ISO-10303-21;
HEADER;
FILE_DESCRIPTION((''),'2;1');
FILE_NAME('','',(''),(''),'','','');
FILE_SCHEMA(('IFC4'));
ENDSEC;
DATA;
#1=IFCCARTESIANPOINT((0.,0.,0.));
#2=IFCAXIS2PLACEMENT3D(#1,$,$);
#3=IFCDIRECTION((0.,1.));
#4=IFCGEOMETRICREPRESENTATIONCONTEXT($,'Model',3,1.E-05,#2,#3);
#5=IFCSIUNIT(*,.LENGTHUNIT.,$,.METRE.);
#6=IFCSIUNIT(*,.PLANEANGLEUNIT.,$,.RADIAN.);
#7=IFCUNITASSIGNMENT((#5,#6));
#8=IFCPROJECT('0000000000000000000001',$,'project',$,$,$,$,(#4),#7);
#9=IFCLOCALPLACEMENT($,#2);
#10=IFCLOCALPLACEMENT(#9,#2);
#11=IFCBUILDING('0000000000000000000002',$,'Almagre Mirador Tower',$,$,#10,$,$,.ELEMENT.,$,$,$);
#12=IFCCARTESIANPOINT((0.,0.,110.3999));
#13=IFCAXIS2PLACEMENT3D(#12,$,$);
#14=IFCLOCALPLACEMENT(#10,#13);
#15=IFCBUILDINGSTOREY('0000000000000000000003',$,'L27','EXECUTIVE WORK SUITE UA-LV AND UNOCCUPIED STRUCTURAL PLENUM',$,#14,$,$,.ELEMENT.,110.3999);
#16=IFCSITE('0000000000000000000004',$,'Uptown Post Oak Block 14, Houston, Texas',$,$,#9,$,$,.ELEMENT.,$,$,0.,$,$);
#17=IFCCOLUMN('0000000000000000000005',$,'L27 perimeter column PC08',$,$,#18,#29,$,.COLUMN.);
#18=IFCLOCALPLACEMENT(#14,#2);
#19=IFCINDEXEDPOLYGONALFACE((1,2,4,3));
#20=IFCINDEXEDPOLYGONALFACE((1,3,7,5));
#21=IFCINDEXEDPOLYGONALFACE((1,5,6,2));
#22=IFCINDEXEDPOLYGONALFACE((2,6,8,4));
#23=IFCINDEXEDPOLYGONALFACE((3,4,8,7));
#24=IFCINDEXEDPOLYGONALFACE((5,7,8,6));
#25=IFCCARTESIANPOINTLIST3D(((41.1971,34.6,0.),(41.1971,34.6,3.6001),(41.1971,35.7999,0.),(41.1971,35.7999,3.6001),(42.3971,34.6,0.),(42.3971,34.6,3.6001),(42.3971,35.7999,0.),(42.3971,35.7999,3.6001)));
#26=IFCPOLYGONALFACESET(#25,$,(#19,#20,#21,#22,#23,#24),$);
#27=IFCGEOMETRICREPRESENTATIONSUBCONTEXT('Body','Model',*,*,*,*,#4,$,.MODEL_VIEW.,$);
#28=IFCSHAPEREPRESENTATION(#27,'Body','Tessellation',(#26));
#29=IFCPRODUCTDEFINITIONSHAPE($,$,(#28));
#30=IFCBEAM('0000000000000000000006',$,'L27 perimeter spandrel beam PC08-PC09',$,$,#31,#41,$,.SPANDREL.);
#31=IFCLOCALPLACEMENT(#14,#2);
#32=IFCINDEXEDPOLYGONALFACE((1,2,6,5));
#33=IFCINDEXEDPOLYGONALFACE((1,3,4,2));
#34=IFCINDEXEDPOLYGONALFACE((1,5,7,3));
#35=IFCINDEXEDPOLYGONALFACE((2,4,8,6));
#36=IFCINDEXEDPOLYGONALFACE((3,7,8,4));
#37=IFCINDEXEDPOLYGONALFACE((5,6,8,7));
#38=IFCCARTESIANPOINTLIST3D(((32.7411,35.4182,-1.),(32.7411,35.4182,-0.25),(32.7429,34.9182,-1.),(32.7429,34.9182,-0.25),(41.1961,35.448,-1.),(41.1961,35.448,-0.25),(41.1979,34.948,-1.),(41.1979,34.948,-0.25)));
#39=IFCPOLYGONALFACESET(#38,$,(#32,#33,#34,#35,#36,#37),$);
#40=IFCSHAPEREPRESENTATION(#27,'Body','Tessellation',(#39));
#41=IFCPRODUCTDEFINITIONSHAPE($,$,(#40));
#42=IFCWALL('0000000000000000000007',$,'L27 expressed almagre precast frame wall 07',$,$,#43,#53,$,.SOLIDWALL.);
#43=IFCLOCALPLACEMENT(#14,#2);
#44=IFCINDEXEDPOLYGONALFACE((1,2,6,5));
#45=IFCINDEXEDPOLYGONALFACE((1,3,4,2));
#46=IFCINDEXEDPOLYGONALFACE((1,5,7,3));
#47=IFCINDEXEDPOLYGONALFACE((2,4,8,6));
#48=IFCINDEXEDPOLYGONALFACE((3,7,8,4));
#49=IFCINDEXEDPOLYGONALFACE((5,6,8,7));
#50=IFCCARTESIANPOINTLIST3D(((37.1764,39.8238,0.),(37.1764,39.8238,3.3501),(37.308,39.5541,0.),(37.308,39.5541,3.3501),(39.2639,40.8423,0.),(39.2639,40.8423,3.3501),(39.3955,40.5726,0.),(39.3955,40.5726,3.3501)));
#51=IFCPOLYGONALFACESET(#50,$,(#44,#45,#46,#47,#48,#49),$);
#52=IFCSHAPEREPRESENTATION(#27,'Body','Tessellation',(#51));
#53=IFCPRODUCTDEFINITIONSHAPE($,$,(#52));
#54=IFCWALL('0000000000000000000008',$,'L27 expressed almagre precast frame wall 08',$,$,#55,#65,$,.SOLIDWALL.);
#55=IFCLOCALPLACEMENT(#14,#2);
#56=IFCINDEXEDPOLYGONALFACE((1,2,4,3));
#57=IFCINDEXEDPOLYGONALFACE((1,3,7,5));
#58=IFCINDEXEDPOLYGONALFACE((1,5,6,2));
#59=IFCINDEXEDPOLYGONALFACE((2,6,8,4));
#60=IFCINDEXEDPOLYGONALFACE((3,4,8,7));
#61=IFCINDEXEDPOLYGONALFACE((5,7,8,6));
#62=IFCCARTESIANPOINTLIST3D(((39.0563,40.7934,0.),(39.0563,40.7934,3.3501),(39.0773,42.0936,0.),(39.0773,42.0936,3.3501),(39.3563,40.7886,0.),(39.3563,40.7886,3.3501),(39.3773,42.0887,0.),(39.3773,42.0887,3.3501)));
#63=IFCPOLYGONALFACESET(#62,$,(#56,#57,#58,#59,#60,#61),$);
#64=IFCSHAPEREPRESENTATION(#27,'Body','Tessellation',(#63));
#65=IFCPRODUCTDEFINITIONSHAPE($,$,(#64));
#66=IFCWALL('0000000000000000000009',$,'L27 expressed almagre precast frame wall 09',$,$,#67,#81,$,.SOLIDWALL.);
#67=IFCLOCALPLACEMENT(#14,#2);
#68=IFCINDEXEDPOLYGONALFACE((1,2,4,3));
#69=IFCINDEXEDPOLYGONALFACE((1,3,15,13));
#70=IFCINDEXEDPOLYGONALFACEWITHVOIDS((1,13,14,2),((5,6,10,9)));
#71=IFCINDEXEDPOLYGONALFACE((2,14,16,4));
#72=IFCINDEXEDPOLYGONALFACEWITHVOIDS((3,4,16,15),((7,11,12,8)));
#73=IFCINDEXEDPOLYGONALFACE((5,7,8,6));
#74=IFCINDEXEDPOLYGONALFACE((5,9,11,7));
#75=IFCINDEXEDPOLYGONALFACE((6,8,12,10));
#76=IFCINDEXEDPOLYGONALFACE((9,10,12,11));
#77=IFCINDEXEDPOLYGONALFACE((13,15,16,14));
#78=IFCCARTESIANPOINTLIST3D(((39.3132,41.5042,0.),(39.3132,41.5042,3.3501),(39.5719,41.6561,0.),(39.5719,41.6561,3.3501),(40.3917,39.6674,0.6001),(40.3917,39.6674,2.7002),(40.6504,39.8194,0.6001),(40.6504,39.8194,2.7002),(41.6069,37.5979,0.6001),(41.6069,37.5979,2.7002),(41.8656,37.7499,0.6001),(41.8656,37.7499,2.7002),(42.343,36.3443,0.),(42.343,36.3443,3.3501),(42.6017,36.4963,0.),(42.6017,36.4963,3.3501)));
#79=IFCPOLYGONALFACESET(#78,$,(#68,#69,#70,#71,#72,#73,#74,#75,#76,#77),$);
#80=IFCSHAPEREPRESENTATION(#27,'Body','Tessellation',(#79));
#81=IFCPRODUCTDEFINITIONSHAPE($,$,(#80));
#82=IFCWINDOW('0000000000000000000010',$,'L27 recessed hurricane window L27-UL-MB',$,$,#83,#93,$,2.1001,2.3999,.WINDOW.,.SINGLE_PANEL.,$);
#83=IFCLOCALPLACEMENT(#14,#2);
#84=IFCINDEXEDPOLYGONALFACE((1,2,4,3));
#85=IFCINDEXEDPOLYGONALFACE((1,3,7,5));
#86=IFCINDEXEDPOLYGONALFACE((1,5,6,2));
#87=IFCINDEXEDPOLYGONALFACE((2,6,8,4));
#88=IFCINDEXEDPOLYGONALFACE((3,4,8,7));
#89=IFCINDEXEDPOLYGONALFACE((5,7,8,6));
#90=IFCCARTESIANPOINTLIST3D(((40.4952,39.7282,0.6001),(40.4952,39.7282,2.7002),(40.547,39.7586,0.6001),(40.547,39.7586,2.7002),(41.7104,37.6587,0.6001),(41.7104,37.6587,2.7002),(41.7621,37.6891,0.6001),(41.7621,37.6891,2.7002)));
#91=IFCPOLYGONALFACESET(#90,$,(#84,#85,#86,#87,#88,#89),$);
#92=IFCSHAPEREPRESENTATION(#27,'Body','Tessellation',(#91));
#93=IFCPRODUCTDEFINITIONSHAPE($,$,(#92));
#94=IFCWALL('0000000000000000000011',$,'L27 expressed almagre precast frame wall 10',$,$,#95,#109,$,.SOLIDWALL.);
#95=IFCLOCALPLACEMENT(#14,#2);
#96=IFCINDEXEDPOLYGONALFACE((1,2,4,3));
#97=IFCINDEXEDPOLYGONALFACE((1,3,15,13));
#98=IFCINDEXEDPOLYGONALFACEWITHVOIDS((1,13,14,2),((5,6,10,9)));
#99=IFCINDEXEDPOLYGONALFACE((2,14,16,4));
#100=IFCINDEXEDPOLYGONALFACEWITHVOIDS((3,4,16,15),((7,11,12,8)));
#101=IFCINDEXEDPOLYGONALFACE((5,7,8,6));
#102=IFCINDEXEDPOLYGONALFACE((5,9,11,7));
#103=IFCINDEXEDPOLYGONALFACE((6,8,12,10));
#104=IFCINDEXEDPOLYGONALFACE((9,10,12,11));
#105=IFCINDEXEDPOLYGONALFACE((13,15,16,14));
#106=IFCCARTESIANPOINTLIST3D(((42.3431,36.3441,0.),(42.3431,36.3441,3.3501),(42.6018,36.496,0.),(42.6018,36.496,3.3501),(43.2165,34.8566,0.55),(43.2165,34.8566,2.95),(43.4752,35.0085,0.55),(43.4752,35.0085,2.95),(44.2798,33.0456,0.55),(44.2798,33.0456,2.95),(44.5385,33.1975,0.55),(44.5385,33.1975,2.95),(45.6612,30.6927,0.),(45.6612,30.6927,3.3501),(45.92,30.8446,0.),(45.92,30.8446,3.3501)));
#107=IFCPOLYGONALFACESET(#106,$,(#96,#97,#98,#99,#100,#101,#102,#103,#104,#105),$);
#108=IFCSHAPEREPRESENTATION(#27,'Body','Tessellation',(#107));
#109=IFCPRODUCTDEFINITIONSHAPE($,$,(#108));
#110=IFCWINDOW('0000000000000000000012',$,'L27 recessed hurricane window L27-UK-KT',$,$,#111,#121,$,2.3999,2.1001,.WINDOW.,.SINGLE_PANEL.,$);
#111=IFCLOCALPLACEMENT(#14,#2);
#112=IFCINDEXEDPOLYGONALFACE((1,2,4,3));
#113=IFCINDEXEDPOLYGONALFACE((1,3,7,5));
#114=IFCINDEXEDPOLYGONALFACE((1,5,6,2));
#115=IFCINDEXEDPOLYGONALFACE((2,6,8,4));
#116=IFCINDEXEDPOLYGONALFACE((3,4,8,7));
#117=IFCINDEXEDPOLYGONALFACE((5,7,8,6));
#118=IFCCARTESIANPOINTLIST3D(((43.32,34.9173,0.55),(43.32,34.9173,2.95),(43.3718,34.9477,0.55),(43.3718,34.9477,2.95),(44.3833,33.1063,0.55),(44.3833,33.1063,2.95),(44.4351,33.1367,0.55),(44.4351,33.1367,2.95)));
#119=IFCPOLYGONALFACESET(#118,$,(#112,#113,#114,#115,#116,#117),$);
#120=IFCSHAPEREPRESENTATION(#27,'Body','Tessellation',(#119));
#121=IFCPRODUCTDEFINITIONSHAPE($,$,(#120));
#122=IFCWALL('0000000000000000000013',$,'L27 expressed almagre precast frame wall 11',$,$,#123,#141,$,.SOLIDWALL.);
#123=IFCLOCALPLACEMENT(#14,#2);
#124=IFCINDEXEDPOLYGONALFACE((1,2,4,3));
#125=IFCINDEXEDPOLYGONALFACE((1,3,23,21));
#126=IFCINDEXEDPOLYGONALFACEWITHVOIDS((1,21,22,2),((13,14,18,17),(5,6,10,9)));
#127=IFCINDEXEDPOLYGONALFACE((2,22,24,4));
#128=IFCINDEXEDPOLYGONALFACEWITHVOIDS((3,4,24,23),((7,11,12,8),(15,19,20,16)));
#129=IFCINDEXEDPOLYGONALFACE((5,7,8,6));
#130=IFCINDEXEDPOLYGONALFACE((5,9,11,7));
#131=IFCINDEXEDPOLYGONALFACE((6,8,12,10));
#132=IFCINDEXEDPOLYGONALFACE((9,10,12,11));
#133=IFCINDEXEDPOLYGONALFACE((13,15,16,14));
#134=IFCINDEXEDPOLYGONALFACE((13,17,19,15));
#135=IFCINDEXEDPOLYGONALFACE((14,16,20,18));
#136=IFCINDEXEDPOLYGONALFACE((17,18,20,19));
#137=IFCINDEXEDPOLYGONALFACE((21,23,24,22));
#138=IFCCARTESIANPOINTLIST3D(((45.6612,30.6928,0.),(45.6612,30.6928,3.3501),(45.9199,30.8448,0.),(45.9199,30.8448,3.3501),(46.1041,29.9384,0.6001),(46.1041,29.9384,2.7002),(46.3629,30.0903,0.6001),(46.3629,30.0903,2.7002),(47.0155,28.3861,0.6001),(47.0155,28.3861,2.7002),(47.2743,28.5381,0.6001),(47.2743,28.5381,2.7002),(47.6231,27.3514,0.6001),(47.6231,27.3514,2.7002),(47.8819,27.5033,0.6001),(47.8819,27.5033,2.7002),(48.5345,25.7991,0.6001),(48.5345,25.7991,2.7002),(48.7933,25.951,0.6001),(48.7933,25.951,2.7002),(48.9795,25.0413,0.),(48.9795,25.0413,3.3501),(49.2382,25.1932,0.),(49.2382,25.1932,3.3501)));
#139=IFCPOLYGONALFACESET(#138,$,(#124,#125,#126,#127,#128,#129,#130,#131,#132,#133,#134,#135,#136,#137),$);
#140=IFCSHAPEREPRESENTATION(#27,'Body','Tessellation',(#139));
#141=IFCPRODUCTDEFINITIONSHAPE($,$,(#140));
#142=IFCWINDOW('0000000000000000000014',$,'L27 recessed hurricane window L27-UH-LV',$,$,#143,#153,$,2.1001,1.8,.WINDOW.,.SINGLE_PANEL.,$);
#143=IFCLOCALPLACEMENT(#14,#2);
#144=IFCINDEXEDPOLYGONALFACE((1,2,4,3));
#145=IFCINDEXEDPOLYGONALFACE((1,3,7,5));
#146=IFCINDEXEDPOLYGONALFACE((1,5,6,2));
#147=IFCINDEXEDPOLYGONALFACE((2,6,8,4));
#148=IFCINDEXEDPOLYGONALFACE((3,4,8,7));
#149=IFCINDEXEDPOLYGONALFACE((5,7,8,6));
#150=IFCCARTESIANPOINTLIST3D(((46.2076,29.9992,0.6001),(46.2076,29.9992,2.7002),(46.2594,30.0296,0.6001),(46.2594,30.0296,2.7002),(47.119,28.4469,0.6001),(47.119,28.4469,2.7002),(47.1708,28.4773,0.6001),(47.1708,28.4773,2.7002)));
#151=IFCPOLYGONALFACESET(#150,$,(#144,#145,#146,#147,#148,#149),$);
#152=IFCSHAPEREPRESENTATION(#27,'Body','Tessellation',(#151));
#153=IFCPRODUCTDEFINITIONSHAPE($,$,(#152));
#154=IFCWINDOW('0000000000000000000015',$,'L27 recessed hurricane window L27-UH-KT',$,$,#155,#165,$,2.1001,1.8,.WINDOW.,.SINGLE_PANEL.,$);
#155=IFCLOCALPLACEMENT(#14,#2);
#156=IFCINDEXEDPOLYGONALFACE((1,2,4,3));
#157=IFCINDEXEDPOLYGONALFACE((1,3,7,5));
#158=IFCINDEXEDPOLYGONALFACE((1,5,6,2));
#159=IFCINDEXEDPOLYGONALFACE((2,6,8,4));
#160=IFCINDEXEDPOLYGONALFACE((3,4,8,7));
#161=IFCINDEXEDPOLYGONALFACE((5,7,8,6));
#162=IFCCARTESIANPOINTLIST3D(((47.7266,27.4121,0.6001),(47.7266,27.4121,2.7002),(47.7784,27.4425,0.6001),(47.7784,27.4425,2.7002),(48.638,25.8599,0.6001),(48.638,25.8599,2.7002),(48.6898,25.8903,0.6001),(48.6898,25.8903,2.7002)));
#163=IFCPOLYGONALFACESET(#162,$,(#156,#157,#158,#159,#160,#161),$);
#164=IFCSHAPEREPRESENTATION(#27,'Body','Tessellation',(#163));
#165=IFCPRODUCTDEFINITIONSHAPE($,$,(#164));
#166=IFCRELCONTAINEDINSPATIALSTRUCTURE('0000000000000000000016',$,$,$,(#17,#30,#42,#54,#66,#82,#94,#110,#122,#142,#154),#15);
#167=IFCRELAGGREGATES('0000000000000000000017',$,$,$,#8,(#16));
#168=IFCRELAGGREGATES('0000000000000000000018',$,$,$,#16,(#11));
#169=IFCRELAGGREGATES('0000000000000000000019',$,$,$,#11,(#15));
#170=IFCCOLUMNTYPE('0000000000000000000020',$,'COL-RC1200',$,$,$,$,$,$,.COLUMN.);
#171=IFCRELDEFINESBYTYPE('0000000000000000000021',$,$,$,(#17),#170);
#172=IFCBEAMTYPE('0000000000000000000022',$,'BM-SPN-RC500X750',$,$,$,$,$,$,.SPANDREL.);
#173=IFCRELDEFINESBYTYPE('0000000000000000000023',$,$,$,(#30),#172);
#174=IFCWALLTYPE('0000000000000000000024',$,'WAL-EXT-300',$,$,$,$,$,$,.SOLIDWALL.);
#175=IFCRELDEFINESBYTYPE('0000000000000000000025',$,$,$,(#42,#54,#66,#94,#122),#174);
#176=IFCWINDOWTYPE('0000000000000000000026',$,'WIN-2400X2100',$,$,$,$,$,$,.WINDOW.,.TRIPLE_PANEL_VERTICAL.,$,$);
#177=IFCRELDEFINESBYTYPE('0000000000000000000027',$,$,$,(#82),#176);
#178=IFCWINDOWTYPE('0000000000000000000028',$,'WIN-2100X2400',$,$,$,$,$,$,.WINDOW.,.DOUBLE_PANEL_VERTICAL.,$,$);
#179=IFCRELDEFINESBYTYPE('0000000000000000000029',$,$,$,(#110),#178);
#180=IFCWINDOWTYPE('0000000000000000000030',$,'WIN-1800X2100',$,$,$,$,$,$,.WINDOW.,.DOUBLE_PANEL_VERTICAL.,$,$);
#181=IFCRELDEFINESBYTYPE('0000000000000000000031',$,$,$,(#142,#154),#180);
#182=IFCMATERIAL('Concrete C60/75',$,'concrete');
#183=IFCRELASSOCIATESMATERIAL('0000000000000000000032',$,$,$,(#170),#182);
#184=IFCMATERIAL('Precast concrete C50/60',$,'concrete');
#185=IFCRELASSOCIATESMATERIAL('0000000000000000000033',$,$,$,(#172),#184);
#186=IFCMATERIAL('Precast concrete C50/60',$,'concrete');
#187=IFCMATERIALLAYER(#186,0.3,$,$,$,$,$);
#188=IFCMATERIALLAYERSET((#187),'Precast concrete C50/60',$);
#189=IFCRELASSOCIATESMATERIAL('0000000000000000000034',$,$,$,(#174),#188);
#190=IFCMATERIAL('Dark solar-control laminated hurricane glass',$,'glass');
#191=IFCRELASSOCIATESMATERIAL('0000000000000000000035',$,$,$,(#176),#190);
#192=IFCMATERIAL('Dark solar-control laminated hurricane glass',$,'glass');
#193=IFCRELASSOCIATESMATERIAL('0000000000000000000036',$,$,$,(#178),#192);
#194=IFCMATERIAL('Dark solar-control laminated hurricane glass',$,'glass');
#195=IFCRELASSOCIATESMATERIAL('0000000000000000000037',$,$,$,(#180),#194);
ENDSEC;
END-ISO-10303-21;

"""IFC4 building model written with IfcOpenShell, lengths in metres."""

from ifc_helpers import new_model, si_unit, direction, frame, frame_2d, origin, origin_2d, place, context, subcontext, project, spatial, rectangle, extrude, material, layer, layer_set, material_profile, profile_set, type_object, element, fill, save


model = new_model("IFC4")

# Units and contexts
model_context = context("Model", 3, precision=1e-05, world=origin(), true_north=direction((0.0, 1.0)))
body_context = subcontext(model_context, "Body", "Model", "MODEL_VIEW")
ifc_project = project(units=[si_unit("LENGTHUNIT", "METRE"), si_unit("PLANEANGLEUNIT", "RADIAN")], contexts=[model_context])

# Site, building, storey
site_placement = place(None, origin())
site = spatial("IfcSite", under=ifc_project, at=site_placement, Name="Uptown Post Oak Block 14, Houston, Texas", CompositionType="ELEMENT", RefElevation=0.0)
building_placement = place(site_placement, origin())
building = spatial("IfcBuilding", under=site, at=building_placement, Name="Almagre Mirador Tower", CompositionType="ELEMENT")
storey_placement = place(building_placement, frame((0.0, 0.0, 110.3999)))
storey = spatial("IfcBuildingStorey", under=building, at=storey_placement, Name="L27", Description="EXECUTIVE WORK SUITE UA-LV AND UNOCCUPIED STRUCTURAL PLENUM", CompositionType="ELEMENT", Elevation=110.3999)

# Column
ifc_material_1 = material(Name="Concrete C60/75", Category="concrete")
ifc_material_profile_1 = material_profile(ifc_material_1, rectangle(XDim=1.2, YDim=1.2, at=origin_2d()), Name="RC1200X1200")
ifc_profile_set_1 = profile_set([ifc_material_profile_1], Name="Concrete C60/75")
column_type = type_object("IfcColumnType", Name="COL-RC1200", PredefinedType="COLUMN", material=ifc_profile_set_1)
column_placement = place(storey_placement, frame((41.7971, 35.2, 0.0), z_axis=(0.0, 0.0, 1.0), x_axis=(1.0, 0.0, 0.0)))
element("IfcColumn", 1, at=column_placement, inside=storey, type_object=column_type, Name="L27 perimeter column PC08", PredefinedType="COLUMN", context=body_context, shape_type="SweptSolid", body=[
    extrude(rectangle(XDim=1.2, YDim=1.2, at=origin_2d()), origin(), (0.0, 0.0, 1.0), 3.6001),
])

# Beam
ifc_material_2 = material(Name="Precast concrete C50/60", Category="concrete")
ifc_material_profile_2 = material_profile(ifc_material_2, rectangle(XDim=0.5, YDim=0.75, at=origin_2d()), Name="RC500X750")
ifc_profile_set_2 = profile_set([ifc_material_profile_2], Name="Precast concrete C50/60")
beam_type = type_object("IfcBeamType", Name="BM-SPN-RC500X750", PredefinedType="SPANDREL", material=ifc_profile_set_2)
beam_placement = place(storey_placement, frame((41.197, 35.198, -0.625), z_axis=(-0.999994, -0.003523, 0.0), x_axis=(0.003523, -0.999994, 0.0)))
element("IfcBeam", 2, at=beam_placement, inside=storey, type_object=beam_type, Name="L27 perimeter spandrel beam PC08-PC09", PredefinedType="SPANDREL", context=body_context, shape_type="SweptSolid", body=[
    extrude(rectangle(XDim=0.5, YDim=0.75, at=origin_2d()), origin(), (0.0, 0.0, 1.0), 8.4551),
])

# Walls
ifc_material_3 = material(Name="Precast concrete C50/60", Category="concrete")
ifc_layer_1 = layer(ifc_material_3, 0.3)
ifc_layer_set_1 = layer_set([ifc_layer_1], Name="Precast concrete C50/60")
wall_type_1 = type_object("IfcWallType", Name="WAL-EXT-300", PredefinedType="SOLIDWALL", material=ifc_layer_set_1)
wall_1_placement = place(storey_placement, frame((37.2422, 39.689, 0.0), z_axis=(0.0, 0.0, 1.0), x_axis=(0.898736, 0.43849, 0.0)))
element("IfcWall", 3, at=wall_1_placement, inside=storey, type_object=wall_type_1, Name="L27 expressed almagre precast frame wall 07", PredefinedType="SOLIDWALL", context=body_context, shape_type="SweptSolid", body=[
    extrude(rectangle(XDim=2.3228, YDim=0.3, at=frame_2d((1.1614, 0.0))), origin(), (0.0, 0.0, 1.0), 3.3501),
])
wall_2_placement = place(storey_placement, frame((39.2063, 40.791, 0.0), z_axis=(0.0, 0.0, 1.0), x_axis=(0.016148, 0.99987, 0.0)))
element("IfcWall", 4, at=wall_2_placement, inside=storey, type_object=wall_type_1, Name="L27 expressed almagre precast frame wall 08", PredefinedType="SOLIDWALL", context=body_context, shape_type="SweptSolid", body=[
    extrude(rectangle(XDim=1.3003, YDim=0.3, at=frame_2d((0.6501, 0.0))), origin(), (0.0, 0.0, 1.0), 3.3501),
])

# Walls, openings, windows
wall_3_placement = place(storey_placement, frame((39.4426, 41.5801, 0.0), z_axis=(0.0, 0.0, 1.0), x_axis=(0.506342, -0.862333, 0.0)))
wall_3 = element("IfcWall", 5, at=wall_3_placement, inside=storey, type_object=wall_type_1, Name="L27 expressed almagre precast frame wall 09", PredefinedType="SOLIDWALL", context=body_context, shape_type="SweptSolid", body=[
    extrude(rectangle(XDim=5.9836, YDim=0.3, at=frame_2d((2.9917, 0.0))), origin(), (0.0, 0.0, 1.0), 3.3501),
])
opening_1_placement = place(wall_3_placement, frame((2.1299, 0.0, 0.6001)))
opening_1 = element("IfcOpeningElement", 6, at=opening_1_placement, cuts=wall_3, PredefinedType="OPENING", context=body_context, shape_type="SweptSolid", body=[
    extrude(rectangle(XDim=2.3999, YDim=2.1001, at=frame_2d((1.2, 1.05))), frame((0.0, 0.1599, 0.0), z_axis=(0.0, -1.0, 0.0), x_axis=(1.0, 0.0, 0.0)), (0.0, 0.0, 1.0), 0.32),
])
ifc_material_4 = material(Name="Dark solar-control laminated hurricane glass", Category="glass")
window_type_1 = type_object("IfcWindowType", Name="WIN-2400X2100", PartitioningType="TRIPLE_PANEL_VERTICAL", PredefinedType="WINDOW", material=ifc_material_4)
window_1_placement = place(opening_1_placement, origin())
window_1 = element("IfcWindow", 7, at=window_1_placement, inside=storey, type_object=window_type_1, Name="L27 recessed hurricane window L27-UL-MB", OverallHeight=2.1001, OverallWidth=2.3999, PartitioningType="SINGLE_PANEL", PredefinedType="WINDOW", context=body_context, shape_type="SweptSolid", body=[
    extrude(rectangle(XDim=2.3999, YDim=2.1001, at=frame_2d((1.2, 1.05))), frame((0.0, 0.03, 0.0), z_axis=(0.0, -1.0, 0.0), x_axis=(1.0, 0.0, 0.0)), (0.0, 0.0, 1.0), 0.0601),
])
fill(opening_1, window_1)
wall_4_placement = place(storey_placement, frame((42.4724, 36.4202, 0.0), z_axis=(0.0, 0.0, 1.0), x_axis=(0.506315, -0.862349, 0.0)))
wall_4 = element("IfcWall", 8, at=wall_4_placement, inside=storey, type_object=wall_type_1, Name="L27 expressed almagre precast frame wall 10", PredefinedType="SOLIDWALL", context=body_context, shape_type="SweptSolid", body=[
    extrude(rectangle(XDim=6.5535, YDim=0.3, at=frame_2d((3.2769, 0.0))), origin(), (0.0, 0.0, 1.0), 3.3501),
])
opening_2_placement = place(wall_4_placement, frame((1.7251, 0.0, 0.55)))
opening_2 = element("IfcOpeningElement", 9, at=opening_2_placement, cuts=wall_4, PredefinedType="OPENING", context=body_context, shape_type="SweptSolid", body=[
    extrude(rectangle(XDim=2.1001, YDim=2.3999, at=frame_2d((1.05, 1.2))), frame((0.0, 0.1599, 0.0), z_axis=(0.0, -1.0, 0.0), x_axis=(1.0, 0.0, 0.0)), (0.0, 0.0, 1.0), 0.32),
])
ifc_material_5 = material(Name="Dark solar-control laminated hurricane glass", Category="glass")
window_type_2 = type_object("IfcWindowType", Name="WIN-2100X2400", PartitioningType="DOUBLE_PANEL_VERTICAL", PredefinedType="WINDOW", material=ifc_material_5)
window_2_placement = place(opening_2_placement, origin())
window_2 = element("IfcWindow", 10, at=window_2_placement, inside=storey, type_object=window_type_2, Name="L27 recessed hurricane window L27-UK-KT", OverallHeight=2.3999, OverallWidth=2.1001, PartitioningType="SINGLE_PANEL", PredefinedType="WINDOW", context=body_context, shape_type="SweptSolid", body=[
    extrude(rectangle(XDim=2.1001, YDim=2.3999, at=frame_2d((1.05, 1.2))), frame((0.0, 0.03, 0.0), z_axis=(0.0, -1.0, 0.0), x_axis=(1.0, 0.0, 0.0)), (0.0, 0.0, 1.0), 0.0601),
])
fill(opening_2, window_2)

# Wall, openings, windows
wall_5_placement = place(storey_placement, frame((45.7905, 30.7688, 0.0), z_axis=(0.0, 0.0, 1.0), x_axis=(0.506326, -0.862342, 0.0)))
wall_5 = element("IfcWall", 11, at=wall_5_placement, inside=storey, type_object=wall_type_1, Name="L27 expressed almagre precast frame wall 11", PredefinedType="SOLIDWALL", context=body_context, shape_type="SweptSolid", body=[
    extrude(rectangle(XDim=6.5537, YDim=0.3, at=frame_2d((3.2769, 0.0))), origin(), (0.0, 0.0, 1.0), 3.3501),
])
opening_3_placement = place(wall_5_placement, frame((0.875, 0.0, 0.6001)))
opening_3 = element("IfcOpeningElement", 12, at=opening_3_placement, cuts=wall_5, PredefinedType="OPENING", context=body_context, shape_type="SweptSolid", body=[
    extrude(rectangle(XDim=1.8, YDim=2.1001, at=frame_2d((0.8999, 1.05))), frame((0.0, 0.1599, 0.0), z_axis=(0.0, -1.0, 0.0), x_axis=(1.0, 0.0, 0.0)), (0.0, 0.0, 1.0), 0.32),
])
opening_4_placement = place(wall_5_placement, frame((3.875, 0.0, 0.6001)))
opening_4 = element("IfcOpeningElement", 13, at=opening_4_placement, cuts=wall_5, PredefinedType="OPENING", context=body_context, shape_type="SweptSolid", body=[
    extrude(rectangle(XDim=1.8, YDim=2.1001, at=frame_2d((0.8999, 1.05))), frame((0.0, 0.1599, 0.0), z_axis=(0.0, -1.0, 0.0), x_axis=(1.0, 0.0, 0.0)), (0.0, 0.0, 1.0), 0.32),
])
ifc_material_6 = material(Name="Dark solar-control laminated hurricane glass", Category="glass")
window_type_3 = type_object("IfcWindowType", Name="WIN-1800X2100", PartitioningType="DOUBLE_PANEL_VERTICAL", PredefinedType="WINDOW", material=ifc_material_6)
window_3_placement = place(opening_3_placement, origin())
window_3 = element("IfcWindow", 14, at=window_3_placement, inside=storey, type_object=window_type_3, Name="L27 recessed hurricane window L27-UH-LV", OverallHeight=2.1001, OverallWidth=1.8, PartitioningType="SINGLE_PANEL", PredefinedType="WINDOW", context=body_context, shape_type="SweptSolid", body=[
    extrude(rectangle(XDim=1.8, YDim=2.1001, at=frame_2d((0.8999, 1.05))), frame((0.0, 0.03, 0.0), z_axis=(0.0, -1.0, 0.0), x_axis=(1.0, 0.0, 0.0)), (0.0, 0.0, 1.0), 0.0601),
])
fill(opening_3, window_3)
window_4_placement = place(opening_4_placement, origin())
window_4 = element("IfcWindow", 15, at=window_4_placement, inside=storey, type_object=window_type_3, Name="L27 recessed hurricane window L27-UH-KT", OverallHeight=2.1001, OverallWidth=1.8, PartitioningType="SINGLE_PANEL", PredefinedType="WINDOW", context=body_context, shape_type="SweptSolid", body=[
    extrude(rectangle(XDim=1.8, YDim=2.1001, at=frame_2d((0.8999, 1.05))), frame((0.0, 0.03, 0.0), z_axis=(0.0, -1.0, 0.0), x_axis=(1.0, 0.0, 0.0)), (0.0, 0.0, 1.0), 0.0601),
])
fill(opening_4, window_4)

save(model, "model.ifc")
